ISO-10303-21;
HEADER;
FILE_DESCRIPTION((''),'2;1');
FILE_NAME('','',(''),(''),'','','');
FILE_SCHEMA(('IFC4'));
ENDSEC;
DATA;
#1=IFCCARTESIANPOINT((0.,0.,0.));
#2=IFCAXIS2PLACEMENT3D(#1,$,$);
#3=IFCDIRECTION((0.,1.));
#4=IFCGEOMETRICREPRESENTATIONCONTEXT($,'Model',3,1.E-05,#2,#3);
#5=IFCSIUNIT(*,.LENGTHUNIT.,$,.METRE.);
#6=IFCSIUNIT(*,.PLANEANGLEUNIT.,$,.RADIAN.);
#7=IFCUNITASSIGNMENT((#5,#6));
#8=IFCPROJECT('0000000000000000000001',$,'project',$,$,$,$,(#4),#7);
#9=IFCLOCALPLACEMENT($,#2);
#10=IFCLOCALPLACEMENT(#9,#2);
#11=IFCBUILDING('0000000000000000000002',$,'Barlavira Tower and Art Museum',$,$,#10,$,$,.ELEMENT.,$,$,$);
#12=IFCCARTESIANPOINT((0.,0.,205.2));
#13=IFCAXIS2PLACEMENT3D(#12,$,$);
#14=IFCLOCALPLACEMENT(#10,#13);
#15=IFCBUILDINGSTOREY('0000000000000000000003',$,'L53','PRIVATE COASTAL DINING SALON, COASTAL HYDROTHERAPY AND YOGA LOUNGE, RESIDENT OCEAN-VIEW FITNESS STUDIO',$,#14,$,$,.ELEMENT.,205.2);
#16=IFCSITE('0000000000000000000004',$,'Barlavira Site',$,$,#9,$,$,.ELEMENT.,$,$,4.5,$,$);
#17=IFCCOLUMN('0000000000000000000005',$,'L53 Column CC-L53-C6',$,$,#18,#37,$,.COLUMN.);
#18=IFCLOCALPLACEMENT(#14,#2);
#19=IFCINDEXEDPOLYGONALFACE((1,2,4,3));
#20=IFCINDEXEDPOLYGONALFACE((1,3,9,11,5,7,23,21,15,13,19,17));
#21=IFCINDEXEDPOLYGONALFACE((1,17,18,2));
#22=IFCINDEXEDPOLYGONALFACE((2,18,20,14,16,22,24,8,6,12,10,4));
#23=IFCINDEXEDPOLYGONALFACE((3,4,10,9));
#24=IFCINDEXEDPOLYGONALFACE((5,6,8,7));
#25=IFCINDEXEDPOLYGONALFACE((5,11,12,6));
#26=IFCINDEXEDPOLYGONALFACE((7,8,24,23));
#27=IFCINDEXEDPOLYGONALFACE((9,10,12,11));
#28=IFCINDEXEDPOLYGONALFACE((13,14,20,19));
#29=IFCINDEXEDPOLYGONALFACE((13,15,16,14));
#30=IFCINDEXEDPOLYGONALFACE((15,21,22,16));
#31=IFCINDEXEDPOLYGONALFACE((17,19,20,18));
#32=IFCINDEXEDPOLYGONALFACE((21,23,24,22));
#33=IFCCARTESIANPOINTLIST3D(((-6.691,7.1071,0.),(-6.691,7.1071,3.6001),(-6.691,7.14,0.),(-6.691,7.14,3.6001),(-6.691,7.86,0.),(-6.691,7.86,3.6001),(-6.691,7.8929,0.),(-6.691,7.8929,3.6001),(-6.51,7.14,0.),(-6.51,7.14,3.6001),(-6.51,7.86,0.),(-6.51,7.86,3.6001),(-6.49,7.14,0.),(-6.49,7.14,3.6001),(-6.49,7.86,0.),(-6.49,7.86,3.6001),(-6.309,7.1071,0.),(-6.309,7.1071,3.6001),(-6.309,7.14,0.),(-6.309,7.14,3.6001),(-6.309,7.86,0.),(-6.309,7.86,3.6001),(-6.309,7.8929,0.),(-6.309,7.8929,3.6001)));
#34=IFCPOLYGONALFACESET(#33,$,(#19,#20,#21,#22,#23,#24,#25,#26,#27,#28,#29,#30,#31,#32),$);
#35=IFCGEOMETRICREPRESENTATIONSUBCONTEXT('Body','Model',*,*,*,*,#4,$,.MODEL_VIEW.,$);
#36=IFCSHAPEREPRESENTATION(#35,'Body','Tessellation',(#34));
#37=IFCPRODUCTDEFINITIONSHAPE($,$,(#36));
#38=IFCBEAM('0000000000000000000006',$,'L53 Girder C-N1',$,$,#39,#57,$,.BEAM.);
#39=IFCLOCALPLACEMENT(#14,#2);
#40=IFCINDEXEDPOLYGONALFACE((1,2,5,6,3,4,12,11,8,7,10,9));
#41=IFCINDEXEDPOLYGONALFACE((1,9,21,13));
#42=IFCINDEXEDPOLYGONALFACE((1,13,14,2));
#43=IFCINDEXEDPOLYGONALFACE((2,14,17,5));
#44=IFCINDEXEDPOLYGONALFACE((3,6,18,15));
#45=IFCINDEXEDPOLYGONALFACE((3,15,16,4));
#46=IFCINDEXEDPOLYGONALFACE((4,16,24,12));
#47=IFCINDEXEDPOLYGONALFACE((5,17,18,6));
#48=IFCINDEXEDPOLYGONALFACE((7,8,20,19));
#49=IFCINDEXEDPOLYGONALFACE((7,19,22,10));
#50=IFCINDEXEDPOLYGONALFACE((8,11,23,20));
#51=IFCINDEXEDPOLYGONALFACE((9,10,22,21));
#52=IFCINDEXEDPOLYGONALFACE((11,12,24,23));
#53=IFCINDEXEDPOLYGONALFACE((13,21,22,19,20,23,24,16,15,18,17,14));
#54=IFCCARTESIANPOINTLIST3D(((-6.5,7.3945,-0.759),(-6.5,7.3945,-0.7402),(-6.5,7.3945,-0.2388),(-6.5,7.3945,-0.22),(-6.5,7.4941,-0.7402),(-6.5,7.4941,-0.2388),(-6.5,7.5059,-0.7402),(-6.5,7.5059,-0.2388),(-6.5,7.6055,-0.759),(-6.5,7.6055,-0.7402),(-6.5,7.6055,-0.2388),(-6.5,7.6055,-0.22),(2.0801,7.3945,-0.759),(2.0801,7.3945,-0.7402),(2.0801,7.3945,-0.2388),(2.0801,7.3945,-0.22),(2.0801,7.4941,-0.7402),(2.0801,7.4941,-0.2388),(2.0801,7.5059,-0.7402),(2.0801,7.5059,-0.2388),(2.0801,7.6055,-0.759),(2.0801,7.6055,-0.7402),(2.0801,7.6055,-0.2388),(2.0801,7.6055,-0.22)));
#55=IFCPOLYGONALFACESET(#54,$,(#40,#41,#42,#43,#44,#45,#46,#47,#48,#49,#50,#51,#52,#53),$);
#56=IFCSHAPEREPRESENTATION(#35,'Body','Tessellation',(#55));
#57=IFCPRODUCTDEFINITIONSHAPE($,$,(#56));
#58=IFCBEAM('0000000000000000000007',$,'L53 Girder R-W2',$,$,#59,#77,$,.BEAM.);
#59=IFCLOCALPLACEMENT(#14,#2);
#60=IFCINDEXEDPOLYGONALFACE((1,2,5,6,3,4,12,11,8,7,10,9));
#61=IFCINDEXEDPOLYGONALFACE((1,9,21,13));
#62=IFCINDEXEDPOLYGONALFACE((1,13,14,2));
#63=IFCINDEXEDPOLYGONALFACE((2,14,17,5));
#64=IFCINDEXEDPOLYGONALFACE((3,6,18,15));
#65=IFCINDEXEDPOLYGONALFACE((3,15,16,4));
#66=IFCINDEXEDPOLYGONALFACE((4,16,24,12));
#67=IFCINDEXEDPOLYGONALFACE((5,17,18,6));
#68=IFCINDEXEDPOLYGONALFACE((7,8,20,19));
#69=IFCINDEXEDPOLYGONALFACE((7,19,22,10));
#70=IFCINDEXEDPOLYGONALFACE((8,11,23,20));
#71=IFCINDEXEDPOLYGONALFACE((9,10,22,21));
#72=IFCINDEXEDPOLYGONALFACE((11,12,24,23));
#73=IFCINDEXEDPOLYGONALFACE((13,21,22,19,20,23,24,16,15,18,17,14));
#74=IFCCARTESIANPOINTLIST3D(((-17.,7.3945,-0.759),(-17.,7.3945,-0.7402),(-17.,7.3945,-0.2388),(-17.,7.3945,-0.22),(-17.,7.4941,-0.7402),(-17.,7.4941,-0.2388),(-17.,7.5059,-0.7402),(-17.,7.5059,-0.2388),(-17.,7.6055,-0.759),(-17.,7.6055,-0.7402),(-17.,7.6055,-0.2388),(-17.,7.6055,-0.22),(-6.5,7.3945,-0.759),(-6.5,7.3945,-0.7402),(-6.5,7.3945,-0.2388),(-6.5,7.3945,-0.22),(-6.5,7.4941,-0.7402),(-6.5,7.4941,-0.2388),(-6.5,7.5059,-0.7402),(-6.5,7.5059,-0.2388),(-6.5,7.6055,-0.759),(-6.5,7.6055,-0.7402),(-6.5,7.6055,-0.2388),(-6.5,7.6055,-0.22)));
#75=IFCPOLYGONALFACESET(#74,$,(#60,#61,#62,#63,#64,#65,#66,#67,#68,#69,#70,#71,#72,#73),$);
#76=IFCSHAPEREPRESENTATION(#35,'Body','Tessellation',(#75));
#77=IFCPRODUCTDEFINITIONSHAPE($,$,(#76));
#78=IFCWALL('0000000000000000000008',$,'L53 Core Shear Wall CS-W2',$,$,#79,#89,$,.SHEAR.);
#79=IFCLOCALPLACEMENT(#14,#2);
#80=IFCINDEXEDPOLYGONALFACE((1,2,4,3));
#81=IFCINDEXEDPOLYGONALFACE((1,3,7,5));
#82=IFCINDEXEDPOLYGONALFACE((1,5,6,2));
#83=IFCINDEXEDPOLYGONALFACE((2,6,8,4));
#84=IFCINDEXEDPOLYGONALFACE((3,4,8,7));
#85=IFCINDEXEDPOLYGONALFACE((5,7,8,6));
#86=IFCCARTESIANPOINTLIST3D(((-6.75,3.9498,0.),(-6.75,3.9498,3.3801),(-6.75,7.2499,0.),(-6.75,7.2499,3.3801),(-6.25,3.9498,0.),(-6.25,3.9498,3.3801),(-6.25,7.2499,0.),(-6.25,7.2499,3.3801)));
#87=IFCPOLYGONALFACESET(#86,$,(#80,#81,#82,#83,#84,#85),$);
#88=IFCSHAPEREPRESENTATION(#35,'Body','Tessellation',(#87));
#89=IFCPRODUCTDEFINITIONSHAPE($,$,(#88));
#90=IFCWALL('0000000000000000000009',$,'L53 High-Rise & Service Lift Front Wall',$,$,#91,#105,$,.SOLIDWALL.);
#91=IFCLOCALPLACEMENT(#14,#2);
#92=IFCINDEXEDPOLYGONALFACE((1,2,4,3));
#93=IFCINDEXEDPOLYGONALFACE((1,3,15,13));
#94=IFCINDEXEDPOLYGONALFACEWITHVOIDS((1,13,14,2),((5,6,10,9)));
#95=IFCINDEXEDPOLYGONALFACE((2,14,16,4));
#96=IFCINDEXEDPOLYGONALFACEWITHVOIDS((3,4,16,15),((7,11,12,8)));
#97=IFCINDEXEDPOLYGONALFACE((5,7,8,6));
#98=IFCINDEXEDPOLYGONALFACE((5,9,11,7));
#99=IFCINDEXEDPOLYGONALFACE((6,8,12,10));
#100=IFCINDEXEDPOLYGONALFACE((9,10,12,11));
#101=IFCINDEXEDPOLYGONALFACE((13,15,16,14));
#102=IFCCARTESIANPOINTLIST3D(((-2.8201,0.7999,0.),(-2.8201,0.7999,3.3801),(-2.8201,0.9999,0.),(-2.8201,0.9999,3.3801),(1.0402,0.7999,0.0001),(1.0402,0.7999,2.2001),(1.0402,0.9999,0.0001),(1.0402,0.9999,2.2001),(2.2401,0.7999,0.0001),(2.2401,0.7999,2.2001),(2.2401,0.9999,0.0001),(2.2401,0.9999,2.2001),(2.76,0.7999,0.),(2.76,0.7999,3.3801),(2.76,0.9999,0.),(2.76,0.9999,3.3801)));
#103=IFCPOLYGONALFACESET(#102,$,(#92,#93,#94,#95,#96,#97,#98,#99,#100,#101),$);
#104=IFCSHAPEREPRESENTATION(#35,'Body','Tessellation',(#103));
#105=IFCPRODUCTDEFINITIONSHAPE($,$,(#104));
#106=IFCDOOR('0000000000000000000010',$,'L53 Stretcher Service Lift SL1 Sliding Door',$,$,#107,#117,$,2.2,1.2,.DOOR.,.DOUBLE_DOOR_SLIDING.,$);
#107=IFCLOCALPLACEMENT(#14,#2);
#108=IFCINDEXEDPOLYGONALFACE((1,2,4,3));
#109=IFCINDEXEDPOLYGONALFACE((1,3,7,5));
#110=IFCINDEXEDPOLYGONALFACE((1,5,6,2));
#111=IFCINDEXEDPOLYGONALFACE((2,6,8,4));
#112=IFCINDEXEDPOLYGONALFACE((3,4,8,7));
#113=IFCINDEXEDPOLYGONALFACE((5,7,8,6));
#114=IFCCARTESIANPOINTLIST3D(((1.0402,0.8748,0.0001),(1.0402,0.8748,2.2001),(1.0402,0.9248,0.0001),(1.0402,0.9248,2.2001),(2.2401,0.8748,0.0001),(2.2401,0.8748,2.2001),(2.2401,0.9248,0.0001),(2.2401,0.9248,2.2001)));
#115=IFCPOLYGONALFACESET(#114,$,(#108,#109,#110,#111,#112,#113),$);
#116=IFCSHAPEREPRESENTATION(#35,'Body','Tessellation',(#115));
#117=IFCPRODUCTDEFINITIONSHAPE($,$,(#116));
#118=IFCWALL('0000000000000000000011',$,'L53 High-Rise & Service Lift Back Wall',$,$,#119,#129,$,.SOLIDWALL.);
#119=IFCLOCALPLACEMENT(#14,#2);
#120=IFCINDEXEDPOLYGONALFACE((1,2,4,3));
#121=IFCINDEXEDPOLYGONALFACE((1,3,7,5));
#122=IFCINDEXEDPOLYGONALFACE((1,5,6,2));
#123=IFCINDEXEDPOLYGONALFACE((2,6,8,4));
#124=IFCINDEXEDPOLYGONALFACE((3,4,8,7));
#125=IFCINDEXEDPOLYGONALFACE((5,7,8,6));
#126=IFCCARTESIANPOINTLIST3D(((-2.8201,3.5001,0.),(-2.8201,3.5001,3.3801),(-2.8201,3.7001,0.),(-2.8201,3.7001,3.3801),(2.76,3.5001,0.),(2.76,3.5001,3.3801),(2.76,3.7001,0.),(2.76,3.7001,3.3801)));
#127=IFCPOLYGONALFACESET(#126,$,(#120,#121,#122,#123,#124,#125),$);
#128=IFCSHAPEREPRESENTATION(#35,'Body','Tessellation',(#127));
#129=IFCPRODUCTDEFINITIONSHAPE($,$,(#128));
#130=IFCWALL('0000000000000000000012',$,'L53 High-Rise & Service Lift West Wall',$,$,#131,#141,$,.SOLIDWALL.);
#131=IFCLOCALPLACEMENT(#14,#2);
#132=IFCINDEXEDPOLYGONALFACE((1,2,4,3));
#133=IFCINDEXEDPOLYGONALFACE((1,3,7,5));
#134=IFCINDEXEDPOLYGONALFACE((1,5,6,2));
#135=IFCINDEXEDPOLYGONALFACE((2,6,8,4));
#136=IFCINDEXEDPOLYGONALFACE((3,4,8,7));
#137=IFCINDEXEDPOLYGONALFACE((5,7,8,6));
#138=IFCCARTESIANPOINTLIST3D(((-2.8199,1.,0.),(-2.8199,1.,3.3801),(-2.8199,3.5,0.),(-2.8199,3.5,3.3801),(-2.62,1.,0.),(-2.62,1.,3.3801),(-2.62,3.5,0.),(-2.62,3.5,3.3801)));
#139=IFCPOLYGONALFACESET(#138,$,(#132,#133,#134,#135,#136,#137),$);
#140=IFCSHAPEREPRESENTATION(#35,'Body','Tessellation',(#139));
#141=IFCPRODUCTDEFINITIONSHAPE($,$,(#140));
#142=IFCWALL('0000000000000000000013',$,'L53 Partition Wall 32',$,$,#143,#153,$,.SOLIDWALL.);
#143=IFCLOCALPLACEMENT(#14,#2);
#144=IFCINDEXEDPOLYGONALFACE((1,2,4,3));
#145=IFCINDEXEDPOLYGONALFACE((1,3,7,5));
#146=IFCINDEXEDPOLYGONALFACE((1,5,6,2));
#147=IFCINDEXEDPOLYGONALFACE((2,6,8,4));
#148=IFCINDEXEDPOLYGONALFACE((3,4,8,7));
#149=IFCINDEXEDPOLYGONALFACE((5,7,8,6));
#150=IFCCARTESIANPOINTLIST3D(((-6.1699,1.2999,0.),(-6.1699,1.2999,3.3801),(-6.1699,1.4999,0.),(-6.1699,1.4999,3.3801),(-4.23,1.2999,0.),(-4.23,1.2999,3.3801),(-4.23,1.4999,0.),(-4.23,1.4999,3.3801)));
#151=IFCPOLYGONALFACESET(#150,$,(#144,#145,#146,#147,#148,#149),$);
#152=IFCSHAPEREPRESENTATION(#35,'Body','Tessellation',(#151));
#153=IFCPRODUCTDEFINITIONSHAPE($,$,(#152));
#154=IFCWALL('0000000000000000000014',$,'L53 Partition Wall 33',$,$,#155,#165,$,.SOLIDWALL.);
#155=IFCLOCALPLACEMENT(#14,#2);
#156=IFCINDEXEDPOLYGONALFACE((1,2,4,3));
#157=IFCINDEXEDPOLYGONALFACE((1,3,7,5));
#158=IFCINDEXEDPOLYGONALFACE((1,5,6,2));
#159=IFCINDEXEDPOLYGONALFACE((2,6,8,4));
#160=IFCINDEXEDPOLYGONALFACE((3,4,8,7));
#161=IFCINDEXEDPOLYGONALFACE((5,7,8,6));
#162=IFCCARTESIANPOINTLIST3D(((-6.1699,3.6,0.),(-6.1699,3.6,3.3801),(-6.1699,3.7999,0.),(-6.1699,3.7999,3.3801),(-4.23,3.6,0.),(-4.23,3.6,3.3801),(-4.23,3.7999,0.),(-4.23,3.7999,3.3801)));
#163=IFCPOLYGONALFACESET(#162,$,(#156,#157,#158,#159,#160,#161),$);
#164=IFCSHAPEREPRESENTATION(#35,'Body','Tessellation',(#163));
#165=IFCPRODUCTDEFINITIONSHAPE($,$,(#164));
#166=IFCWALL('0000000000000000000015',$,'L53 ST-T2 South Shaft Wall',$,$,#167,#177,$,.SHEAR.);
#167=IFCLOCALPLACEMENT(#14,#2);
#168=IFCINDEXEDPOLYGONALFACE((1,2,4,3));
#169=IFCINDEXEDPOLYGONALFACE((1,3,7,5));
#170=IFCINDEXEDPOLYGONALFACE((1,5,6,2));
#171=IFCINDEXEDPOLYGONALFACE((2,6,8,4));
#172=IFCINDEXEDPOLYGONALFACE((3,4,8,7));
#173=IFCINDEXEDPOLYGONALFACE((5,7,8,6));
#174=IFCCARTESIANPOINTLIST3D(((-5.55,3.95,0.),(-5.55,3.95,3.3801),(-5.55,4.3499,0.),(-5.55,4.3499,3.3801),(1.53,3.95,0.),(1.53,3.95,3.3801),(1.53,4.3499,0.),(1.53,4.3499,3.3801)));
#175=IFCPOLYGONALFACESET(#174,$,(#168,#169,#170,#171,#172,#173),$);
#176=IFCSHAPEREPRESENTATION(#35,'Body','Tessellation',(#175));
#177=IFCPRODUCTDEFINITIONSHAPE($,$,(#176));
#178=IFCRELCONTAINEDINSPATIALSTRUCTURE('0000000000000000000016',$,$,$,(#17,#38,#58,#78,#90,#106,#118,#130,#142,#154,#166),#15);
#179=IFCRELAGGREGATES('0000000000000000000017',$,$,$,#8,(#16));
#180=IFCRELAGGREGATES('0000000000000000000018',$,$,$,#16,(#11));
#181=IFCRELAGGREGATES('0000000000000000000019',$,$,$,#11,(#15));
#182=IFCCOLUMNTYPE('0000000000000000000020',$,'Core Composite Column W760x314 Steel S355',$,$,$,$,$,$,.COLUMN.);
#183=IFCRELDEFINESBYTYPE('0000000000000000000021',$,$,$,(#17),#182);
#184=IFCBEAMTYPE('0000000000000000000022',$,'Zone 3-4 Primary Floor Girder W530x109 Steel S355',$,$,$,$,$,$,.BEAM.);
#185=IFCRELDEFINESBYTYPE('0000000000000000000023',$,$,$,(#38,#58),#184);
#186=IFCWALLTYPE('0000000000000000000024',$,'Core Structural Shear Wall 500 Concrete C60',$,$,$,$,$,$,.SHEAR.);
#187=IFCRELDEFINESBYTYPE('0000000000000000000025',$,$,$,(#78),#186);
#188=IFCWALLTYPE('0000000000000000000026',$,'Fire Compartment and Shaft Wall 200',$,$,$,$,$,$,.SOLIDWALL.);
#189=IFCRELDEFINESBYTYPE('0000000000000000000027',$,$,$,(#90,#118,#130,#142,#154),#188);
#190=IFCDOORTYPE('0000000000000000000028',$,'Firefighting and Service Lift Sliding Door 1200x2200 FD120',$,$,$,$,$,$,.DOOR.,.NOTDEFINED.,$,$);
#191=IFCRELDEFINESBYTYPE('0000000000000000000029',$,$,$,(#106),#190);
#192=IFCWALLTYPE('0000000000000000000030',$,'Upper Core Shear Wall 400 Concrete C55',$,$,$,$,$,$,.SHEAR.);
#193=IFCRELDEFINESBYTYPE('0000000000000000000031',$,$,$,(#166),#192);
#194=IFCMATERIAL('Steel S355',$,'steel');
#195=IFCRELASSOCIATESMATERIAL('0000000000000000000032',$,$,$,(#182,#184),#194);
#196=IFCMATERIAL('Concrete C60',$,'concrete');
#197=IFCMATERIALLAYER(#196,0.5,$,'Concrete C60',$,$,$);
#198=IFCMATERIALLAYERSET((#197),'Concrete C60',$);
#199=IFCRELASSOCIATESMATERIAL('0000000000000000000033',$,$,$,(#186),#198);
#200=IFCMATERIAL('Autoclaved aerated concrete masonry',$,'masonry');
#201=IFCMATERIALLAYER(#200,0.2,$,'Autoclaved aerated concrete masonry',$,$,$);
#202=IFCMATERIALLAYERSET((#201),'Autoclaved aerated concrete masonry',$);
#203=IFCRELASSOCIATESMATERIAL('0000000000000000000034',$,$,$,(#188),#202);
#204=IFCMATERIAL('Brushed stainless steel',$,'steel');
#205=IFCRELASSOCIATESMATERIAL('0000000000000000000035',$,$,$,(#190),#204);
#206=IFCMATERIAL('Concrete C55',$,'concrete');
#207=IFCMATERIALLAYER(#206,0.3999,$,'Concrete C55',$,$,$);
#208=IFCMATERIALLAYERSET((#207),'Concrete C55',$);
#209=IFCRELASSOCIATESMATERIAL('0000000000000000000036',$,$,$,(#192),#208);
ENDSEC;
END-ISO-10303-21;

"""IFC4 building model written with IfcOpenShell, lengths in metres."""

from ifc_helpers import new_model, si_unit, direction, frame, frame_2d, origin, origin_2d, place, context, subcontext, project, spatial, rectangle, i_section, extrude, material, layer, layer_set, material_profile, profile_set, type_object, element, fill, save


model = new_model("IFC4")

# Units and contexts
model_context = context("Model", 3, precision=1e-05, world=origin(), true_north=direction((0.0, 1.0)))
body_context = subcontext(model_context, "Body", "Model", "MODEL_VIEW")
ifc_project = project(units=[si_unit("LENGTHUNIT", "METRE"), si_unit("PLANEANGLEUNIT", "RADIAN")], contexts=[model_context])

# Site, building, storey
site_placement = place(None, origin())
site = spatial("IfcSite", under=ifc_project, at=site_placement, Name="Barlavira Site", CompositionType="ELEMENT", RefElevation=4.5)
building_placement = place(site_placement, origin())
building = spatial("IfcBuilding", under=site, at=building_placement, Name="Barlavira Tower and Art Museum", CompositionType="ELEMENT")
storey_placement = place(building_placement, frame((0.0, 0.0, 205.2)))
storey = spatial("IfcBuildingStorey", under=building, at=storey_placement, Name="L53", Description="PRIVATE COASTAL DINING SALON, COASTAL HYDROTHERAPY AND YOGA LOUNGE, RESIDENT OCEAN-VIEW FITNESS STUDIO", CompositionType="ELEMENT", Elevation=205.2)

# Column
ifc_material_1 = material(Name="Steel S355", Category="steel")
ifc_material_profile_1 = material_profile(ifc_material_1, i_section(OverallWidth=0.3821, OverallDepth=0.7859, WebThickness=0.02, FlangeThickness=0.033, at=origin_2d()), Name="W760x314.0")
ifc_profile_set_1 = profile_set([ifc_material_profile_1], Name="Steel S355")
column_type = type_object("IfcColumnType", Name="Core Composite Column W760x314 Steel S355", PredefinedType="COLUMN", material=ifc_profile_set_1)
column_placement = place(storey_placement, frame((-6.5, 7.5, 0.0), z_axis=(0.0, 0.0, 1.0), x_axis=(1.0, 0.0, 0.0)))
element("IfcColumn", 1, at=column_placement, inside=storey, type_object=column_type, Name="L53 Column CC-L53-C6", PredefinedType="COLUMN", context=body_context, shape_type="SweptSolid", body=[
    extrude(i_section(OverallWidth=0.3821, OverallDepth=0.7859, WebThickness=0.02, FlangeThickness=0.033, at=origin_2d()), origin(), (0.0, 0.0, 1.0), 3.6001),
])

# Beams
ifc_material_profile_2 = material_profile(ifc_material_1, i_section(OverallWidth=0.2109, OverallDepth=0.5391, WebThickness=0.0117, FlangeThickness=0.0188, at=origin_2d()), Name="W530x109.0")
ifc_profile_set_2 = profile_set([ifc_material_profile_2], Name="Steel S355")
beam_type = type_object("IfcBeamType", Name="Zone 3-4 Primary Floor Girder W530x109 Steel S355", PredefinedType="BEAM", material=ifc_profile_set_2)
beam_1_placement = place(storey_placement, frame((-6.5, 7.5, -0.4895), z_axis=(1.0, 0.0, 0.0), x_axis=(0.0, 1.0, 0.0)))
element("IfcBeam", 2, at=beam_1_placement, inside=storey, type_object=beam_type, Name="L53 Girder C-N1", PredefinedType="BEAM", context=body_context, shape_type="SweptSolid", body=[
    extrude(i_section(OverallWidth=0.2109, OverallDepth=0.5391, WebThickness=0.0117, FlangeThickness=0.0188, at=origin_2d()), origin(), (0.0, 0.0, 1.0), 8.5801),
])
beam_2_placement = place(storey_placement, frame((-17.0, 7.5, -0.4895), z_axis=(1.0, 0.0, 0.0), x_axis=(0.0, 1.0, 0.0)))
element("IfcBeam", 3, at=beam_2_placement, inside=storey, type_object=beam_type, Name="L53 Girder R-W2", PredefinedType="BEAM", context=body_context, shape_type="SweptSolid", body=[
    extrude(i_section(OverallWidth=0.2109, OverallDepth=0.5391, WebThickness=0.0117, FlangeThickness=0.0188, at=origin_2d()), origin(), (0.0, 0.0, 1.0), 10.5),
])

# Shared definitions
ifc_material_2 = material(Name="Concrete C60", Category="concrete")
ifc_layer_1 = layer(ifc_material_2, 0.5, Name="Concrete C60")
ifc_layer_set_1 = layer_set([ifc_layer_1], Name="Concrete C60")
wall_type_1 = type_object("IfcWallType", Name="Core Structural Shear Wall 500 Concrete C60", PredefinedType="SHEAR", material=ifc_layer_set_1)
ifc_material_3 = material(Name="Brushed stainless steel", Category="steel")

# Wall
wall_1_placement = place(storey_placement, frame((-6.5, 3.95, 0.0), z_axis=(0.0, 0.0, 1.0), x_axis=(0.0, 1.0, 0.0)))
element("IfcWall", 4, at=wall_1_placement, inside=storey, type_object=wall_type_1, Name="L53 Core Shear Wall CS-W2", PredefinedType="SHEAR", context=body_context, shape_type="SweptSolid", body=[
    extrude(rectangle(XDim=3.3, YDim=0.5, at=frame_2d((1.6499, 0.0))), origin(), (0.0, 0.0, 1.0), 3.3801),
])

# Wall, opening, door
ifc_material_4 = material(Name="Autoclaved aerated concrete masonry", Category="masonry")
ifc_layer_2 = layer(ifc_material_4, 0.2, Name="Autoclaved aerated concrete masonry")
ifc_layer_set_2 = layer_set([ifc_layer_2], Name="Autoclaved aerated concrete masonry")
wall_type_2 = type_object("IfcWallType", Name="Fire Compartment and Shaft Wall 200", PredefinedType="SOLIDWALL", material=ifc_layer_set_2)
wall_2_placement = place(storey_placement, frame((-2.8201, 0.8999, 0.0), z_axis=(0.0, 0.0, 1.0), x_axis=(1.0, 0.0, 0.0)))
wall_2 = element("IfcWall", 5, at=wall_2_placement, inside=storey, type_object=wall_type_2, Name="L53 High-Rise & Service Lift Front Wall", PredefinedType="SOLIDWALL", context=body_context, shape_type="SweptSolid", body=[
    extrude(rectangle(XDim=5.5801, YDim=0.2, at=frame_2d((2.79, 0.0))), origin(), (0.0, 0.0, 1.0), 3.3801),
])
opening_1_placement = place(wall_2_placement, frame((3.8601, 0.0, 0.0)))
opening_1 = element("IfcOpeningElement", 6, at=opening_1_placement, cuts=wall_2, PredefinedType="OPENING", context=body_context, shape_type="SweptSolid", body=[
    extrude(rectangle(XDim=1.2, YDim=2.2, at=frame_2d((0.6001, 1.1001))), frame((0.0, 0.1099, 0.0), z_axis=(0.0, -1.0, 0.0), x_axis=(1.0, 0.0, 0.0)), (0.0, 0.0, 1.0), 0.22),
])
door_type_1 = type_object("IfcDoorType", Name="Firefighting and Service Lift Sliding Door 1200x2200 FD120", OperationType="NOTDEFINED", PredefinedType="DOOR", material=ifc_material_3)
door_1_placement = place(opening_1_placement, origin())
door_1 = element("IfcDoor", 7, at=door_1_placement, inside=storey, type_object=door_type_1, Name="L53 Stretcher Service Lift SL1 Sliding Door", OperationType="DOUBLE_DOOR_SLIDING", OverallHeight=2.2, OverallWidth=1.2, PredefinedType="DOOR", context=body_context, shape_type="SweptSolid", body=[
    extrude(rectangle(XDim=1.2, YDim=2.2, at=frame_2d((0.6001, 1.1001))), frame((0.0, 0.0249, 0.0), z_axis=(0.0, -1.0, 0.0), x_axis=(1.0, 0.0, 0.0)), (0.0, 0.0, 1.0), 0.05),
])
fill(opening_1, door_1)

# Walls
wall_3_placement = place(storey_placement, frame((-2.8201, 3.6001, 0.0), z_axis=(0.0, 0.0, 1.0), x_axis=(1.0, 0.0, 0.0)))
element("IfcWall", 8, at=wall_3_placement, inside=storey, type_object=wall_type_2, Name="L53 High-Rise & Service Lift Back Wall", PredefinedType="SOLIDWALL", context=body_context, shape_type="SweptSolid", body=[
    extrude(rectangle(XDim=5.5801, YDim=0.2, at=frame_2d((2.79, 0.0))), origin(), (0.0, 0.0, 1.0), 3.3801),
])
wall_4_placement = place(storey_placement, frame((-2.72, 1.0, 0.0), z_axis=(0.0, 0.0, 1.0), x_axis=(0.0, 1.0, 0.0)))
element("IfcWall", 9, at=wall_4_placement, inside=storey, type_object=wall_type_2, Name="L53 High-Rise & Service Lift West Wall", PredefinedType="SOLIDWALL", context=body_context, shape_type="SweptSolid", body=[
    extrude(rectangle(XDim=2.5, YDim=0.2, at=frame_2d((1.25, 0.0))), origin(), (0.0, 0.0, 1.0), 3.3801),
])
for number, where, z_axis, x_axis, name in (
    (10, (-6.1699, 1.3999, 0.0), (0.0, 0.0, 1.0), (1.0, 0.0, 0.0), "L53 Partition Wall 32"),
    (11, (-6.1699, 3.7, 0.0), (0.0, 0.0, 1.0), (1.0, 0.0, 0.0), "L53 Partition Wall 33"),
):
    element("IfcWall", number, at=place(storey_placement, frame(where, z_axis=z_axis, x_axis=x_axis)), inside=storey, type_object=wall_type_2, Name=name, PredefinedType="SOLIDWALL", context=body_context, shape_type="SweptSolid", body=[
        extrude(rectangle(XDim=1.9399, YDim=0.2, at=frame_2d((0.97, 0.0))), origin(), (0.0, 0.0, 1.0), 3.3801),
    ])
ifc_material_5 = material(Name="Concrete C55", Category="concrete")
ifc_layer_3 = layer(ifc_material_5, 0.3999, Name="Concrete C55")
ifc_layer_set_3 = layer_set([ifc_layer_3], Name="Concrete C55")
wall_type_3 = type_object("IfcWallType", Name="Upper Core Shear Wall 400 Concrete C55", PredefinedType="SHEAR", material=ifc_layer_set_3)
wall_5_placement = place(storey_placement, frame((-5.55, 4.1499, 0.0), z_axis=(0.0, 0.0, 1.0), x_axis=(1.0, 0.0, 0.0)))
element("IfcWall", 12, at=wall_5_placement, inside=storey, type_object=wall_type_3, Name="L53 ST-T2 South Shaft Wall", PredefinedType="SHEAR", context=body_context, shape_type="SweptSolid", body=[
    extrude(rectangle(XDim=7.0801, YDim=0.3999, at=frame_2d((3.54, 0.0))), origin(), (0.0, 0.0, 1.0), 3.3801),
])

save(model, "model.ifc")
